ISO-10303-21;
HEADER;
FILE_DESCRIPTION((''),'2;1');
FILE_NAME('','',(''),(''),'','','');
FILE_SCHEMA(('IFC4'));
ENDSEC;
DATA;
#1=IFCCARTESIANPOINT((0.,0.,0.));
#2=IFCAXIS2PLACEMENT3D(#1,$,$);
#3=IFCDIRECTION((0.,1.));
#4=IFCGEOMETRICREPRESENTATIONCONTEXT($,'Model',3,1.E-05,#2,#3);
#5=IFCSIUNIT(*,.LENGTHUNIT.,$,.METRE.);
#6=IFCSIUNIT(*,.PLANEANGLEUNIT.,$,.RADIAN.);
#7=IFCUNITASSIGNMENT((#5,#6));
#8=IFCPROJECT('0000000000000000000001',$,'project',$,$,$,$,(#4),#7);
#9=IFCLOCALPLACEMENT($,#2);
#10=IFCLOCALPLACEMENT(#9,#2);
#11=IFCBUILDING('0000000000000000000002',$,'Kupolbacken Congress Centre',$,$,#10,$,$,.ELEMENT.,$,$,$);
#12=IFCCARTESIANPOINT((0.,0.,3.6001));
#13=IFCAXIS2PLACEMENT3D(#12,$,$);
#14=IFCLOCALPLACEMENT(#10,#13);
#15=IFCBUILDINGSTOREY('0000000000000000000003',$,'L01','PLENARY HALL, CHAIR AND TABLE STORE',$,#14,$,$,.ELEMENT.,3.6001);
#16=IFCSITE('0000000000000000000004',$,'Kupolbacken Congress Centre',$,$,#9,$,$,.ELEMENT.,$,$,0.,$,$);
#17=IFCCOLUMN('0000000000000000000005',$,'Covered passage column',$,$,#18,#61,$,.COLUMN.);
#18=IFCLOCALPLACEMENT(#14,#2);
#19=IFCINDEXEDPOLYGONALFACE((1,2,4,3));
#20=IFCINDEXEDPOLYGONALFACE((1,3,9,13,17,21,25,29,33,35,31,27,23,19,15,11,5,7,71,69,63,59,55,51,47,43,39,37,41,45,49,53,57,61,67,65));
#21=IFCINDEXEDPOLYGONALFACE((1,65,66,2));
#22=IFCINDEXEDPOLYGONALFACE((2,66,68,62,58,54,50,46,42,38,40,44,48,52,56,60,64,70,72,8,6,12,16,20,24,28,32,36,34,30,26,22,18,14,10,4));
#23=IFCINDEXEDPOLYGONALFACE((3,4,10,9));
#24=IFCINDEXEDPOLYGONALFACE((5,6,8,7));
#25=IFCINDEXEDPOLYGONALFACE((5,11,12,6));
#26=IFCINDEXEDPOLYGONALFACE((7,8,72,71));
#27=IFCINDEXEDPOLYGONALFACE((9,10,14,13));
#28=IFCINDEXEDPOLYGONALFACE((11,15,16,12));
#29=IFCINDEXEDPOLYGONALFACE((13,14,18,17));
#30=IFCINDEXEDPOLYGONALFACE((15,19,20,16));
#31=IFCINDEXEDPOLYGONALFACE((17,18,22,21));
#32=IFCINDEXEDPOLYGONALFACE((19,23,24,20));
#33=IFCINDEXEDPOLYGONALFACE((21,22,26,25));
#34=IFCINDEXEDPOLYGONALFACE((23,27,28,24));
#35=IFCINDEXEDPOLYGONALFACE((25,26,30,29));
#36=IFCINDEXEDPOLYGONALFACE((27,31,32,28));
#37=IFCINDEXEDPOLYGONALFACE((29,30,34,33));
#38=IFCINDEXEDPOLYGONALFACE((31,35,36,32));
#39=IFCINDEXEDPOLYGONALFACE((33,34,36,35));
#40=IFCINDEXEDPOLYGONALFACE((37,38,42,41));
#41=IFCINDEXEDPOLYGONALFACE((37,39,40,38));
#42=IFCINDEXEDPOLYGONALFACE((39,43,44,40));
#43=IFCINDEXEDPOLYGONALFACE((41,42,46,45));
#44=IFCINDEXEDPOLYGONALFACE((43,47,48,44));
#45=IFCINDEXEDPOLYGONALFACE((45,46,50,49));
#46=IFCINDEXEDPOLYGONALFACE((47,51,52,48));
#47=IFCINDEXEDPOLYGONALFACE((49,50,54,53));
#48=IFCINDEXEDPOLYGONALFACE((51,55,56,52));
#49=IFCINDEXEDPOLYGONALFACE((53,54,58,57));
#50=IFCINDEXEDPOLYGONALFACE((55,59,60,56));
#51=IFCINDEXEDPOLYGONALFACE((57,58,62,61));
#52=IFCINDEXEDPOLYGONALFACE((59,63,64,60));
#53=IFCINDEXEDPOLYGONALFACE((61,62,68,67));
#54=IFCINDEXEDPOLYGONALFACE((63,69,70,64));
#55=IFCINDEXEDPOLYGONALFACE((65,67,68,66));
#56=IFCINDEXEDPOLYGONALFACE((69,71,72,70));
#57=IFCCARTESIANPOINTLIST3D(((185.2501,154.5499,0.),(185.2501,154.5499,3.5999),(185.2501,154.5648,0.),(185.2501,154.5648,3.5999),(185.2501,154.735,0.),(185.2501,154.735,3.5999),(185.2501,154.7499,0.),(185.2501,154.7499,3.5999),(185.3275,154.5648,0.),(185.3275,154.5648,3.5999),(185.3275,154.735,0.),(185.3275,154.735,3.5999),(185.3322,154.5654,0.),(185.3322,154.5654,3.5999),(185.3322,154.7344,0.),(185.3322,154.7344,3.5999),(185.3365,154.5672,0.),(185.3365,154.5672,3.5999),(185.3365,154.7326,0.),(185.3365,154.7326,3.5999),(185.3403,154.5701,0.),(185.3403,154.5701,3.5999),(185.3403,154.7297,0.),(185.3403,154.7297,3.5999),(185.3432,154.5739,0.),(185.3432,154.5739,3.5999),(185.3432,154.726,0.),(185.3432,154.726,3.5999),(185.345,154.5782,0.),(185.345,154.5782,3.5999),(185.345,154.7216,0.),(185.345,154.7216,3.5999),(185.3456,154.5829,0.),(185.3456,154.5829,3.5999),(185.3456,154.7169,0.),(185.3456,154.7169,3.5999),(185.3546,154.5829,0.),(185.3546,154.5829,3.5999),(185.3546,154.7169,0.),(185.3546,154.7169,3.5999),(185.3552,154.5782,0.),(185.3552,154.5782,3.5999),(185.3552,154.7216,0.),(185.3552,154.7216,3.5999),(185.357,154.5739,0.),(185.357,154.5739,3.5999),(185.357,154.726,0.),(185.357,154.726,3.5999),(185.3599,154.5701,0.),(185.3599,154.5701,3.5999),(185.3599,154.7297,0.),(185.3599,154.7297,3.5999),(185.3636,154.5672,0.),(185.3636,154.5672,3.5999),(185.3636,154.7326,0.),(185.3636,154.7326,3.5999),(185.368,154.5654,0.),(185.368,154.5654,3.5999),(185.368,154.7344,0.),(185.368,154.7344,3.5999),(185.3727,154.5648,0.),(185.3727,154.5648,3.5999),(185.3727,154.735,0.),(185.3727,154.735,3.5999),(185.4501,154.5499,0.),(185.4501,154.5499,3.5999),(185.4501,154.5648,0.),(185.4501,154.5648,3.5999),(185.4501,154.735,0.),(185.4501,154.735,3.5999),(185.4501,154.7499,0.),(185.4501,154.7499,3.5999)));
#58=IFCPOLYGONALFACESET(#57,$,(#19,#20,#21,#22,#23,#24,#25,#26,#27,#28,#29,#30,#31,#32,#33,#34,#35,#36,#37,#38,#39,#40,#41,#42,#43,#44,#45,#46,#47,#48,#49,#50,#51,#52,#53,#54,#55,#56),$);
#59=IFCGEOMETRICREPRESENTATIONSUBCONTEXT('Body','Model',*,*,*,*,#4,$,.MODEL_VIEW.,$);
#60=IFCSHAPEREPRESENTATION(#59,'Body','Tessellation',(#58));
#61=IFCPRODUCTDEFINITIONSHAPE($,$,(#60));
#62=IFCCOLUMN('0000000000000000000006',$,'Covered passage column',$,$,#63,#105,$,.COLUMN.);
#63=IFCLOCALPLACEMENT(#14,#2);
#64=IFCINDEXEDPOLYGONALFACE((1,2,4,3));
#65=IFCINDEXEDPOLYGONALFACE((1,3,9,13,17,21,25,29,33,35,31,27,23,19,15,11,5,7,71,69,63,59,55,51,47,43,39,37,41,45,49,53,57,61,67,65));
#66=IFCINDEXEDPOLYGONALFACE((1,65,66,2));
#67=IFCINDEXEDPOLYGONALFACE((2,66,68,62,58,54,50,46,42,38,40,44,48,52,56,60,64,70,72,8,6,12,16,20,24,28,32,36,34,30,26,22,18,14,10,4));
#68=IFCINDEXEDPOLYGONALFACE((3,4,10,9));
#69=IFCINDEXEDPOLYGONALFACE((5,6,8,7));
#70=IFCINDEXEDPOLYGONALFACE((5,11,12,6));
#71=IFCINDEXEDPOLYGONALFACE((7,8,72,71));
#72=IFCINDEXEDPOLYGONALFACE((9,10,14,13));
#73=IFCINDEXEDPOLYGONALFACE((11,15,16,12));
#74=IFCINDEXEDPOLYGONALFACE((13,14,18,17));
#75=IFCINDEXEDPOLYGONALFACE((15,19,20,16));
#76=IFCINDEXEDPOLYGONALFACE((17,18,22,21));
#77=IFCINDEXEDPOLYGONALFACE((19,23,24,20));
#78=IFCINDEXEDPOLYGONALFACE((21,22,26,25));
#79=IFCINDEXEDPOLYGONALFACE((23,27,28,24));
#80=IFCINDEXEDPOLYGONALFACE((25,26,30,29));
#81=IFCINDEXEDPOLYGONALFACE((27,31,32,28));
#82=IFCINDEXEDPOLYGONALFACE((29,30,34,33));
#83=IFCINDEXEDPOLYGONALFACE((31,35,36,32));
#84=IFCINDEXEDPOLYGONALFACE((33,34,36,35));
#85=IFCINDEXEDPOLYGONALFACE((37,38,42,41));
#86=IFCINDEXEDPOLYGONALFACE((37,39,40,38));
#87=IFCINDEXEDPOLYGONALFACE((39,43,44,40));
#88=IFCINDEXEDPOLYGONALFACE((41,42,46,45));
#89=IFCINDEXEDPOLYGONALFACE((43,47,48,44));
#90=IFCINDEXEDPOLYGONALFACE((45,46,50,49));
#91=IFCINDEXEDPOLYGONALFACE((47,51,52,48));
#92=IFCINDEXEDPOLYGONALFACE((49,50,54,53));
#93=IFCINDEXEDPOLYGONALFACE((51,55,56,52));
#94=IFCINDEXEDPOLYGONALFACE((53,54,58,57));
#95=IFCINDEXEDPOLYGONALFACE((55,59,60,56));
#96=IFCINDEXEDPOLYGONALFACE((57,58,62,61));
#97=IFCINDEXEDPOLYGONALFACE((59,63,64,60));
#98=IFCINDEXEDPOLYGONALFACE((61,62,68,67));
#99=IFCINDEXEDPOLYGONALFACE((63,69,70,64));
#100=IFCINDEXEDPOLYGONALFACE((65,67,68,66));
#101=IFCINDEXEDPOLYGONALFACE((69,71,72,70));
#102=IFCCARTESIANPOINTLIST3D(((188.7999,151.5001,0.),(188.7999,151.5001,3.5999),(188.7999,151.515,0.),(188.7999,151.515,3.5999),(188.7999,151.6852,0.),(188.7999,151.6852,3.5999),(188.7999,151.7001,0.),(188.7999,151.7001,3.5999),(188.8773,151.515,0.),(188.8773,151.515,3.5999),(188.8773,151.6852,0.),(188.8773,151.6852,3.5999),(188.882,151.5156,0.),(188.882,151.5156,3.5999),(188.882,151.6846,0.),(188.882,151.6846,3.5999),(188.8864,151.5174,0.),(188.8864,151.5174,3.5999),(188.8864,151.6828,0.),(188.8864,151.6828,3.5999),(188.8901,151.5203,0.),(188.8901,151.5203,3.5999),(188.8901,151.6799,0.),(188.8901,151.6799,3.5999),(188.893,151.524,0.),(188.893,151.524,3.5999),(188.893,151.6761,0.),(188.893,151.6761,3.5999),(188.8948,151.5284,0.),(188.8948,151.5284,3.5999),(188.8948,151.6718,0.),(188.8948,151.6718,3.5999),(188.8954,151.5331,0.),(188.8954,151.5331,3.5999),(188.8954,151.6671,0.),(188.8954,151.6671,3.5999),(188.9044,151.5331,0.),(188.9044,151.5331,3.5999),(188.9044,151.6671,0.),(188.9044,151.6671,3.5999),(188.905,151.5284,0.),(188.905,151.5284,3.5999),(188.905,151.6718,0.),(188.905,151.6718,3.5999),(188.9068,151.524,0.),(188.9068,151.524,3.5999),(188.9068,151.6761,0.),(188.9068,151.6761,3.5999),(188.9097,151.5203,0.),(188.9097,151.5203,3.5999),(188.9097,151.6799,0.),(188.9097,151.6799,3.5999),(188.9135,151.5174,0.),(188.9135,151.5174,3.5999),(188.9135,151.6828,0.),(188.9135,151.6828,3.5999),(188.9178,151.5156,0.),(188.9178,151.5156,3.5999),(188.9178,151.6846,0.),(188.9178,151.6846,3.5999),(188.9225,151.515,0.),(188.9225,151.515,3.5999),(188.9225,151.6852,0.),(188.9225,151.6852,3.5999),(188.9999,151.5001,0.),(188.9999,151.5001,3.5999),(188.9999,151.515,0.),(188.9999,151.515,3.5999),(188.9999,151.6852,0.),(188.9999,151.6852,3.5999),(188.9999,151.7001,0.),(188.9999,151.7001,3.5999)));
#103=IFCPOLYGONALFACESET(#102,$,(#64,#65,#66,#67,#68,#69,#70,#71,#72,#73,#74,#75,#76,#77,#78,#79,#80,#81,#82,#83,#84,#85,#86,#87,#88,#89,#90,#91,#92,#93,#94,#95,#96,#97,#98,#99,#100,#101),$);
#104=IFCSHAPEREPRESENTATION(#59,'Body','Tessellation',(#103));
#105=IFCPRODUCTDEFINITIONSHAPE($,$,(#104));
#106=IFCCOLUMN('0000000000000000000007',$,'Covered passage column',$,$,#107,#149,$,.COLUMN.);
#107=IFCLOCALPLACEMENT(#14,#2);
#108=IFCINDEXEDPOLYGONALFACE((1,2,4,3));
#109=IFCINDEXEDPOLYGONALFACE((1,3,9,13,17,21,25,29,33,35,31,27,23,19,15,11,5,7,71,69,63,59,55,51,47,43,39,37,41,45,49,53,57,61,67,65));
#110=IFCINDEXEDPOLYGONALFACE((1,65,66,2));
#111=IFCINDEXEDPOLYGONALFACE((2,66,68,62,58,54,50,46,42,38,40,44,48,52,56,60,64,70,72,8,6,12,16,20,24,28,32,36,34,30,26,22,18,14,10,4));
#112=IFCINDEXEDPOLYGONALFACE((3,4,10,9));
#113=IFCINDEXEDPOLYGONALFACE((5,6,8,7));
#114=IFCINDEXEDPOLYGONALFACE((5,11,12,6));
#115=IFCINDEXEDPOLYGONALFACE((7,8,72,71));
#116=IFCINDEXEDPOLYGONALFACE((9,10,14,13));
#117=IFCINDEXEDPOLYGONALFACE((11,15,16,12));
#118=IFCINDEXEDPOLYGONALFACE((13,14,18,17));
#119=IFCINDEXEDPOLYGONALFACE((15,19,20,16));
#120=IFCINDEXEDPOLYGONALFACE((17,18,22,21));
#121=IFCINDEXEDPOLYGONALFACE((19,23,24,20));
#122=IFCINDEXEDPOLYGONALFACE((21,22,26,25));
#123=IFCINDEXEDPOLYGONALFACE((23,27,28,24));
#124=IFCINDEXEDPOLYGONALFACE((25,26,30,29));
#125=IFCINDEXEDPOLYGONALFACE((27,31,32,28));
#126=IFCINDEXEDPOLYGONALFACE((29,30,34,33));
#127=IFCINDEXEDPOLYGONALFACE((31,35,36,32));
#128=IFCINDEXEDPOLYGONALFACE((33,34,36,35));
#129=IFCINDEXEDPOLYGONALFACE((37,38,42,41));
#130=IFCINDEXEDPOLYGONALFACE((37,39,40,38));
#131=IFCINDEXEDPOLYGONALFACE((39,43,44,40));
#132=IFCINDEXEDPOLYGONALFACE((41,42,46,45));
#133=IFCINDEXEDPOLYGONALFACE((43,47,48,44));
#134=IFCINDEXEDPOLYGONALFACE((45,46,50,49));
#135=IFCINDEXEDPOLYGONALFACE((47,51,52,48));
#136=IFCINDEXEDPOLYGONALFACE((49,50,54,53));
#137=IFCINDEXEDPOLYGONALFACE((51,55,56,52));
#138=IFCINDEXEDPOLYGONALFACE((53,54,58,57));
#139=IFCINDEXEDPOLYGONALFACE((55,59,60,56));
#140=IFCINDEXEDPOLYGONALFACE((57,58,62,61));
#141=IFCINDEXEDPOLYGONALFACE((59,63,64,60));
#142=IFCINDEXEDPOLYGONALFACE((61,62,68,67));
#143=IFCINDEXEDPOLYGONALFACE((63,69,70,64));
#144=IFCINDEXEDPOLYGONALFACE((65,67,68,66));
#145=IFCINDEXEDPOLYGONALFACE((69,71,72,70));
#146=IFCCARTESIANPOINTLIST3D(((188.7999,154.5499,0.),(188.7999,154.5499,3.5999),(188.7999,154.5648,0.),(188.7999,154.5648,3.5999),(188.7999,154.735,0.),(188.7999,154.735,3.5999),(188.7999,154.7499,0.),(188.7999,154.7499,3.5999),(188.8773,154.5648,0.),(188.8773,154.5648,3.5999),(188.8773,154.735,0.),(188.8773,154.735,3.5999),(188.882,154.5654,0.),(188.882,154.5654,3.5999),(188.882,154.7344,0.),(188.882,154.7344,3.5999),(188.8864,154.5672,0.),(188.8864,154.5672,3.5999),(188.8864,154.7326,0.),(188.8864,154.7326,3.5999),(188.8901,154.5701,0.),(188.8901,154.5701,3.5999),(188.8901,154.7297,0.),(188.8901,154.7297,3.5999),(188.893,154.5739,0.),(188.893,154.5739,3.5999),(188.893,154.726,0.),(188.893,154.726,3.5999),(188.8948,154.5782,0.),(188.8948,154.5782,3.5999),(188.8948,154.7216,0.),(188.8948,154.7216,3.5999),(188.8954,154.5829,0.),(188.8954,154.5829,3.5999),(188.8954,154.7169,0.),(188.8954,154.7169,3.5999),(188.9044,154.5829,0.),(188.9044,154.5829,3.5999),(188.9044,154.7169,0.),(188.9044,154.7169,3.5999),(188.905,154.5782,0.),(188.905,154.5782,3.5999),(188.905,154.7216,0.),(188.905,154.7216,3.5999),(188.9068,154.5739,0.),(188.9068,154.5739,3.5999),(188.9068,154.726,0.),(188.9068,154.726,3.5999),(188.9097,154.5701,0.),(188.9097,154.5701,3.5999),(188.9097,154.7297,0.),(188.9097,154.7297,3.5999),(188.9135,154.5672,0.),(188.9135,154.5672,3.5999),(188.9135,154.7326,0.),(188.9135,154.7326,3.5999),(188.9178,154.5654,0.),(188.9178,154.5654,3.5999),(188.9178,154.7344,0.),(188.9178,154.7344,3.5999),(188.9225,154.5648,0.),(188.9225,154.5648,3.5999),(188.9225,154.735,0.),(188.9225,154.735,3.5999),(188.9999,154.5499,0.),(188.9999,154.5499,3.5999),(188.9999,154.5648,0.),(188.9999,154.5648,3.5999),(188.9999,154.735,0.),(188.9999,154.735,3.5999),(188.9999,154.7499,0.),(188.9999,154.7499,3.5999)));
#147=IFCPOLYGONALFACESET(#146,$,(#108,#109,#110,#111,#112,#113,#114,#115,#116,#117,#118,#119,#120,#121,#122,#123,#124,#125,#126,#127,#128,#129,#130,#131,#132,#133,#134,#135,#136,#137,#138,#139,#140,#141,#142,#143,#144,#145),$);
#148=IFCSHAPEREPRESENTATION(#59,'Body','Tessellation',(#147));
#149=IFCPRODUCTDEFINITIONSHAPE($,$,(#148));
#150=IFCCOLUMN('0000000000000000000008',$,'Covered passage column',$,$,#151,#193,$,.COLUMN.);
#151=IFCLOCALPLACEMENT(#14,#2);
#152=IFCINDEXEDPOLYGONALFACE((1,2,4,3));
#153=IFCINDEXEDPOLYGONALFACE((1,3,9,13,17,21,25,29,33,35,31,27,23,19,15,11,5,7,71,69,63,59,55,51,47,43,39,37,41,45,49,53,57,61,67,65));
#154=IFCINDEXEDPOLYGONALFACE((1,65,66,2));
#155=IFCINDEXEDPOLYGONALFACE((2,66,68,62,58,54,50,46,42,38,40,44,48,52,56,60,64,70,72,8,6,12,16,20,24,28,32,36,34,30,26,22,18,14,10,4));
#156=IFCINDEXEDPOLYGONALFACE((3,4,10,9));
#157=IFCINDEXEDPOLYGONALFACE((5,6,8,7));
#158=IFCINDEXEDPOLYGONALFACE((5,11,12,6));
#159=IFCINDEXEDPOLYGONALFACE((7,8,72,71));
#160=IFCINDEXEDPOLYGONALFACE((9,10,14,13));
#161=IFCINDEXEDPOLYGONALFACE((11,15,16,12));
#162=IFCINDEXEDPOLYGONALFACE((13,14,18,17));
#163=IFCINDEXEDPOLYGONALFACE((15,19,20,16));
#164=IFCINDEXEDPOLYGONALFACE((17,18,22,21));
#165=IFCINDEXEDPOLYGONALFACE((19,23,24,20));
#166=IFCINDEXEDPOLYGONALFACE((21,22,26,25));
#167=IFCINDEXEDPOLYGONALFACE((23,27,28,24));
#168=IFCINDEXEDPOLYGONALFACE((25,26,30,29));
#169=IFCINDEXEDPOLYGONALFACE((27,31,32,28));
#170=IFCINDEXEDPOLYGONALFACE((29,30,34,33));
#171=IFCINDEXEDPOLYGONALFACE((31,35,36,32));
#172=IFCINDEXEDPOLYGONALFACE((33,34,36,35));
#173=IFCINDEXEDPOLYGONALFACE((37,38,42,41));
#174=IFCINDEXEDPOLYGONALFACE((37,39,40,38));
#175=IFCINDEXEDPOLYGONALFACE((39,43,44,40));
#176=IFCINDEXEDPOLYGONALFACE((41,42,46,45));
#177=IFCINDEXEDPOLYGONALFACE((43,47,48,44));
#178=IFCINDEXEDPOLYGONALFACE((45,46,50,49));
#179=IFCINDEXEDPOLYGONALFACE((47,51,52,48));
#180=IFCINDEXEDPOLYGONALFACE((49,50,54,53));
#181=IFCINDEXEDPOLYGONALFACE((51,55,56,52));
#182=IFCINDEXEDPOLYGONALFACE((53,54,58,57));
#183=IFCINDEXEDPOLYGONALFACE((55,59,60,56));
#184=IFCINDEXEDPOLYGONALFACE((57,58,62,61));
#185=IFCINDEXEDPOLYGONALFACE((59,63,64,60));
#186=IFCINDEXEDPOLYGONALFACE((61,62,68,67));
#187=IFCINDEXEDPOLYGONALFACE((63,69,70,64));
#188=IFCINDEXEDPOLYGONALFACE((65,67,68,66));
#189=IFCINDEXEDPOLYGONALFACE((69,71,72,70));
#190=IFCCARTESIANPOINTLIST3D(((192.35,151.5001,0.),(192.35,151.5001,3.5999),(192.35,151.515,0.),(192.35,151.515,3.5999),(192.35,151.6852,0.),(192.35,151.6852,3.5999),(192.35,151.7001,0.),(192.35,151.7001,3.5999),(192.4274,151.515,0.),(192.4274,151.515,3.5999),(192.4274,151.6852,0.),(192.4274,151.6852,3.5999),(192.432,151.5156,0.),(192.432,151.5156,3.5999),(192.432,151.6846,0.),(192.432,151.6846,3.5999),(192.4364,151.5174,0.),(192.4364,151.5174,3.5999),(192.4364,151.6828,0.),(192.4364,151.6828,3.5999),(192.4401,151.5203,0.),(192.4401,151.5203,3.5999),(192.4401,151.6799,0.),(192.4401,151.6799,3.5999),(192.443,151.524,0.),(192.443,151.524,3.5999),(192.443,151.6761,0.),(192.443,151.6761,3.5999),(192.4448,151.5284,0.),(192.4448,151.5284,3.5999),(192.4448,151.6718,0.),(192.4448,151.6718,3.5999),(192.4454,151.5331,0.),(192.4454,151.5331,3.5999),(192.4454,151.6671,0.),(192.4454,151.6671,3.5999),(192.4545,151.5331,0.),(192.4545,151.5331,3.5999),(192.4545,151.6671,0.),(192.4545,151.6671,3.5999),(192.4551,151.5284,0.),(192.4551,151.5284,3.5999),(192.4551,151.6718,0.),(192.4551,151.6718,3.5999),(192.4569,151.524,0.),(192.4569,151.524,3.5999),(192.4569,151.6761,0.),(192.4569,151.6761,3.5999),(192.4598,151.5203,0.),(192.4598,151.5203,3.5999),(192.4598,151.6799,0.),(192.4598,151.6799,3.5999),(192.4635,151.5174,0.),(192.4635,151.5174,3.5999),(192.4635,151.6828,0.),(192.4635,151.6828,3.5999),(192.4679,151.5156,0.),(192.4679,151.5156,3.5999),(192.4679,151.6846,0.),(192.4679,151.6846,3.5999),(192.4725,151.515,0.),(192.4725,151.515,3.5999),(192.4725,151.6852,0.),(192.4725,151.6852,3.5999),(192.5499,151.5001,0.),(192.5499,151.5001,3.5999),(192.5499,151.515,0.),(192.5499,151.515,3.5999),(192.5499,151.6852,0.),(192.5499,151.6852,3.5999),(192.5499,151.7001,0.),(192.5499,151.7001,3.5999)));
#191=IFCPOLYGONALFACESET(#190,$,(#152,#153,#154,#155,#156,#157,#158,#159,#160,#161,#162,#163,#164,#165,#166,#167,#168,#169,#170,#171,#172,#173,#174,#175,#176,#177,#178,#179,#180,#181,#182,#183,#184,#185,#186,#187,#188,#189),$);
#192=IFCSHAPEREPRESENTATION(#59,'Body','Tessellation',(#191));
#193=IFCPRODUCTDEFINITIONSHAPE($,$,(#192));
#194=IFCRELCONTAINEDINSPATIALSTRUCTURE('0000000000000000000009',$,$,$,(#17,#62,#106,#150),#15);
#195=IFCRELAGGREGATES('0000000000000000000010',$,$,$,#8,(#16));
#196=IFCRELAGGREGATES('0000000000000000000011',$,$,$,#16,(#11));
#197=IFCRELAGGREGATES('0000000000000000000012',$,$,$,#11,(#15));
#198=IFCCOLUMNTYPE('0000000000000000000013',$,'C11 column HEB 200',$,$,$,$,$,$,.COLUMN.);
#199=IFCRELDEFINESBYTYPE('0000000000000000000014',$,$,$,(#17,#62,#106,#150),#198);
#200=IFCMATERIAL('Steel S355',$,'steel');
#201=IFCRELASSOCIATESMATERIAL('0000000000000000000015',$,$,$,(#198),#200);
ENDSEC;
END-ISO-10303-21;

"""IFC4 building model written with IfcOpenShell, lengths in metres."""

from ifc_helpers import new_model, si_unit, direction, frame, origin, origin_2d, place, context, subcontext, project, spatial, i_section, extrude, material, material_profile, profile_set, type_object, element, save


model = new_model("IFC4")

# Units and contexts
model_context = context("Model", 3, precision=1e-05, world=origin(), true_north=direction((0.0, 1.0)))
body_context = subcontext(model_context, "Body", "Model", "MODEL_VIEW")
ifc_project = project(units=[si_unit("LENGTHUNIT", "METRE"), si_unit("PLANEANGLEUNIT", "RADIAN")], contexts=[model_context])

# Site, building, storey
site_placement = place(None, origin())
site = spatial("IfcSite", under=ifc_project, at=site_placement, Name="Kupolbacken Congress Centre", CompositionType="ELEMENT", RefElevation=0.0)
building_placement = place(site_placement, origin())
building = spatial("IfcBuilding", under=site, at=building_placement, Name="Kupolbacken Congress Centre", CompositionType="ELEMENT")
storey_placement = place(building_placement, frame((0.0, 0.0, 3.6001)))
storey = spatial("IfcBuildingStorey", under=building, at=storey_placement, Name="L01", Description="PLENARY HALL, CHAIR AND TABLE STORE", CompositionType="ELEMENT", Elevation=3.6001)

# Columns
ifc_material_1 = material(Name="Steel S355", Category="steel")
ifc_material_profile_1 = material_profile(ifc_material_1, i_section(OverallWidth=0.2, OverallDepth=0.2, WebThickness=0.009, FlangeThickness=0.0149, FilletRadius=0.0181, at=origin_2d()), Name="HEB 200")
ifc_profile_set_1 = profile_set([ifc_material_profile_1], Name="Steel S355")
column_type_1 = type_object("IfcColumnType", Name="C11 column HEB 200", PredefinedType="COLUMN", material=ifc_profile_set_1)
for number, where, z_axis, x_axis, name in (
    (1, (185.3501, 154.6499, 0.0), (0.0, 0.0, 1.0), (1.0, 0.0, 0.0), "Covered passage column"),
    (2, (188.8999, 151.6001, 0.0), (0.0, 0.0, 1.0), (1.0, 0.0, 0.0), "Covered passage column"),
    (3, (188.8999, 154.6499, 0.0), (0.0, 0.0, 1.0), (1.0, 0.0, 0.0), "Covered passage column"),
    (4, (192.45, 151.6001, 0.0), (0.0, 0.0, 1.0), (1.0, 0.0, 0.0), "Covered passage column"),
):
    element("IfcColumn", number, at=place(storey_placement, frame(where, z_axis=z_axis, x_axis=x_axis)), inside=storey, type_object=column_type_1, Name=name, PredefinedType="COLUMN", context=body_context, shape_type="SweptSolid", body=[
        extrude(i_section(OverallWidth=0.2, OverallDepth=0.2, WebThickness=0.009, FlangeThickness=0.0149, FilletRadius=0.0181, at=origin_2d()), origin(), (0.0, 0.0, 1.0), 3.5999),
    ])

save(model, "model.ifc")
